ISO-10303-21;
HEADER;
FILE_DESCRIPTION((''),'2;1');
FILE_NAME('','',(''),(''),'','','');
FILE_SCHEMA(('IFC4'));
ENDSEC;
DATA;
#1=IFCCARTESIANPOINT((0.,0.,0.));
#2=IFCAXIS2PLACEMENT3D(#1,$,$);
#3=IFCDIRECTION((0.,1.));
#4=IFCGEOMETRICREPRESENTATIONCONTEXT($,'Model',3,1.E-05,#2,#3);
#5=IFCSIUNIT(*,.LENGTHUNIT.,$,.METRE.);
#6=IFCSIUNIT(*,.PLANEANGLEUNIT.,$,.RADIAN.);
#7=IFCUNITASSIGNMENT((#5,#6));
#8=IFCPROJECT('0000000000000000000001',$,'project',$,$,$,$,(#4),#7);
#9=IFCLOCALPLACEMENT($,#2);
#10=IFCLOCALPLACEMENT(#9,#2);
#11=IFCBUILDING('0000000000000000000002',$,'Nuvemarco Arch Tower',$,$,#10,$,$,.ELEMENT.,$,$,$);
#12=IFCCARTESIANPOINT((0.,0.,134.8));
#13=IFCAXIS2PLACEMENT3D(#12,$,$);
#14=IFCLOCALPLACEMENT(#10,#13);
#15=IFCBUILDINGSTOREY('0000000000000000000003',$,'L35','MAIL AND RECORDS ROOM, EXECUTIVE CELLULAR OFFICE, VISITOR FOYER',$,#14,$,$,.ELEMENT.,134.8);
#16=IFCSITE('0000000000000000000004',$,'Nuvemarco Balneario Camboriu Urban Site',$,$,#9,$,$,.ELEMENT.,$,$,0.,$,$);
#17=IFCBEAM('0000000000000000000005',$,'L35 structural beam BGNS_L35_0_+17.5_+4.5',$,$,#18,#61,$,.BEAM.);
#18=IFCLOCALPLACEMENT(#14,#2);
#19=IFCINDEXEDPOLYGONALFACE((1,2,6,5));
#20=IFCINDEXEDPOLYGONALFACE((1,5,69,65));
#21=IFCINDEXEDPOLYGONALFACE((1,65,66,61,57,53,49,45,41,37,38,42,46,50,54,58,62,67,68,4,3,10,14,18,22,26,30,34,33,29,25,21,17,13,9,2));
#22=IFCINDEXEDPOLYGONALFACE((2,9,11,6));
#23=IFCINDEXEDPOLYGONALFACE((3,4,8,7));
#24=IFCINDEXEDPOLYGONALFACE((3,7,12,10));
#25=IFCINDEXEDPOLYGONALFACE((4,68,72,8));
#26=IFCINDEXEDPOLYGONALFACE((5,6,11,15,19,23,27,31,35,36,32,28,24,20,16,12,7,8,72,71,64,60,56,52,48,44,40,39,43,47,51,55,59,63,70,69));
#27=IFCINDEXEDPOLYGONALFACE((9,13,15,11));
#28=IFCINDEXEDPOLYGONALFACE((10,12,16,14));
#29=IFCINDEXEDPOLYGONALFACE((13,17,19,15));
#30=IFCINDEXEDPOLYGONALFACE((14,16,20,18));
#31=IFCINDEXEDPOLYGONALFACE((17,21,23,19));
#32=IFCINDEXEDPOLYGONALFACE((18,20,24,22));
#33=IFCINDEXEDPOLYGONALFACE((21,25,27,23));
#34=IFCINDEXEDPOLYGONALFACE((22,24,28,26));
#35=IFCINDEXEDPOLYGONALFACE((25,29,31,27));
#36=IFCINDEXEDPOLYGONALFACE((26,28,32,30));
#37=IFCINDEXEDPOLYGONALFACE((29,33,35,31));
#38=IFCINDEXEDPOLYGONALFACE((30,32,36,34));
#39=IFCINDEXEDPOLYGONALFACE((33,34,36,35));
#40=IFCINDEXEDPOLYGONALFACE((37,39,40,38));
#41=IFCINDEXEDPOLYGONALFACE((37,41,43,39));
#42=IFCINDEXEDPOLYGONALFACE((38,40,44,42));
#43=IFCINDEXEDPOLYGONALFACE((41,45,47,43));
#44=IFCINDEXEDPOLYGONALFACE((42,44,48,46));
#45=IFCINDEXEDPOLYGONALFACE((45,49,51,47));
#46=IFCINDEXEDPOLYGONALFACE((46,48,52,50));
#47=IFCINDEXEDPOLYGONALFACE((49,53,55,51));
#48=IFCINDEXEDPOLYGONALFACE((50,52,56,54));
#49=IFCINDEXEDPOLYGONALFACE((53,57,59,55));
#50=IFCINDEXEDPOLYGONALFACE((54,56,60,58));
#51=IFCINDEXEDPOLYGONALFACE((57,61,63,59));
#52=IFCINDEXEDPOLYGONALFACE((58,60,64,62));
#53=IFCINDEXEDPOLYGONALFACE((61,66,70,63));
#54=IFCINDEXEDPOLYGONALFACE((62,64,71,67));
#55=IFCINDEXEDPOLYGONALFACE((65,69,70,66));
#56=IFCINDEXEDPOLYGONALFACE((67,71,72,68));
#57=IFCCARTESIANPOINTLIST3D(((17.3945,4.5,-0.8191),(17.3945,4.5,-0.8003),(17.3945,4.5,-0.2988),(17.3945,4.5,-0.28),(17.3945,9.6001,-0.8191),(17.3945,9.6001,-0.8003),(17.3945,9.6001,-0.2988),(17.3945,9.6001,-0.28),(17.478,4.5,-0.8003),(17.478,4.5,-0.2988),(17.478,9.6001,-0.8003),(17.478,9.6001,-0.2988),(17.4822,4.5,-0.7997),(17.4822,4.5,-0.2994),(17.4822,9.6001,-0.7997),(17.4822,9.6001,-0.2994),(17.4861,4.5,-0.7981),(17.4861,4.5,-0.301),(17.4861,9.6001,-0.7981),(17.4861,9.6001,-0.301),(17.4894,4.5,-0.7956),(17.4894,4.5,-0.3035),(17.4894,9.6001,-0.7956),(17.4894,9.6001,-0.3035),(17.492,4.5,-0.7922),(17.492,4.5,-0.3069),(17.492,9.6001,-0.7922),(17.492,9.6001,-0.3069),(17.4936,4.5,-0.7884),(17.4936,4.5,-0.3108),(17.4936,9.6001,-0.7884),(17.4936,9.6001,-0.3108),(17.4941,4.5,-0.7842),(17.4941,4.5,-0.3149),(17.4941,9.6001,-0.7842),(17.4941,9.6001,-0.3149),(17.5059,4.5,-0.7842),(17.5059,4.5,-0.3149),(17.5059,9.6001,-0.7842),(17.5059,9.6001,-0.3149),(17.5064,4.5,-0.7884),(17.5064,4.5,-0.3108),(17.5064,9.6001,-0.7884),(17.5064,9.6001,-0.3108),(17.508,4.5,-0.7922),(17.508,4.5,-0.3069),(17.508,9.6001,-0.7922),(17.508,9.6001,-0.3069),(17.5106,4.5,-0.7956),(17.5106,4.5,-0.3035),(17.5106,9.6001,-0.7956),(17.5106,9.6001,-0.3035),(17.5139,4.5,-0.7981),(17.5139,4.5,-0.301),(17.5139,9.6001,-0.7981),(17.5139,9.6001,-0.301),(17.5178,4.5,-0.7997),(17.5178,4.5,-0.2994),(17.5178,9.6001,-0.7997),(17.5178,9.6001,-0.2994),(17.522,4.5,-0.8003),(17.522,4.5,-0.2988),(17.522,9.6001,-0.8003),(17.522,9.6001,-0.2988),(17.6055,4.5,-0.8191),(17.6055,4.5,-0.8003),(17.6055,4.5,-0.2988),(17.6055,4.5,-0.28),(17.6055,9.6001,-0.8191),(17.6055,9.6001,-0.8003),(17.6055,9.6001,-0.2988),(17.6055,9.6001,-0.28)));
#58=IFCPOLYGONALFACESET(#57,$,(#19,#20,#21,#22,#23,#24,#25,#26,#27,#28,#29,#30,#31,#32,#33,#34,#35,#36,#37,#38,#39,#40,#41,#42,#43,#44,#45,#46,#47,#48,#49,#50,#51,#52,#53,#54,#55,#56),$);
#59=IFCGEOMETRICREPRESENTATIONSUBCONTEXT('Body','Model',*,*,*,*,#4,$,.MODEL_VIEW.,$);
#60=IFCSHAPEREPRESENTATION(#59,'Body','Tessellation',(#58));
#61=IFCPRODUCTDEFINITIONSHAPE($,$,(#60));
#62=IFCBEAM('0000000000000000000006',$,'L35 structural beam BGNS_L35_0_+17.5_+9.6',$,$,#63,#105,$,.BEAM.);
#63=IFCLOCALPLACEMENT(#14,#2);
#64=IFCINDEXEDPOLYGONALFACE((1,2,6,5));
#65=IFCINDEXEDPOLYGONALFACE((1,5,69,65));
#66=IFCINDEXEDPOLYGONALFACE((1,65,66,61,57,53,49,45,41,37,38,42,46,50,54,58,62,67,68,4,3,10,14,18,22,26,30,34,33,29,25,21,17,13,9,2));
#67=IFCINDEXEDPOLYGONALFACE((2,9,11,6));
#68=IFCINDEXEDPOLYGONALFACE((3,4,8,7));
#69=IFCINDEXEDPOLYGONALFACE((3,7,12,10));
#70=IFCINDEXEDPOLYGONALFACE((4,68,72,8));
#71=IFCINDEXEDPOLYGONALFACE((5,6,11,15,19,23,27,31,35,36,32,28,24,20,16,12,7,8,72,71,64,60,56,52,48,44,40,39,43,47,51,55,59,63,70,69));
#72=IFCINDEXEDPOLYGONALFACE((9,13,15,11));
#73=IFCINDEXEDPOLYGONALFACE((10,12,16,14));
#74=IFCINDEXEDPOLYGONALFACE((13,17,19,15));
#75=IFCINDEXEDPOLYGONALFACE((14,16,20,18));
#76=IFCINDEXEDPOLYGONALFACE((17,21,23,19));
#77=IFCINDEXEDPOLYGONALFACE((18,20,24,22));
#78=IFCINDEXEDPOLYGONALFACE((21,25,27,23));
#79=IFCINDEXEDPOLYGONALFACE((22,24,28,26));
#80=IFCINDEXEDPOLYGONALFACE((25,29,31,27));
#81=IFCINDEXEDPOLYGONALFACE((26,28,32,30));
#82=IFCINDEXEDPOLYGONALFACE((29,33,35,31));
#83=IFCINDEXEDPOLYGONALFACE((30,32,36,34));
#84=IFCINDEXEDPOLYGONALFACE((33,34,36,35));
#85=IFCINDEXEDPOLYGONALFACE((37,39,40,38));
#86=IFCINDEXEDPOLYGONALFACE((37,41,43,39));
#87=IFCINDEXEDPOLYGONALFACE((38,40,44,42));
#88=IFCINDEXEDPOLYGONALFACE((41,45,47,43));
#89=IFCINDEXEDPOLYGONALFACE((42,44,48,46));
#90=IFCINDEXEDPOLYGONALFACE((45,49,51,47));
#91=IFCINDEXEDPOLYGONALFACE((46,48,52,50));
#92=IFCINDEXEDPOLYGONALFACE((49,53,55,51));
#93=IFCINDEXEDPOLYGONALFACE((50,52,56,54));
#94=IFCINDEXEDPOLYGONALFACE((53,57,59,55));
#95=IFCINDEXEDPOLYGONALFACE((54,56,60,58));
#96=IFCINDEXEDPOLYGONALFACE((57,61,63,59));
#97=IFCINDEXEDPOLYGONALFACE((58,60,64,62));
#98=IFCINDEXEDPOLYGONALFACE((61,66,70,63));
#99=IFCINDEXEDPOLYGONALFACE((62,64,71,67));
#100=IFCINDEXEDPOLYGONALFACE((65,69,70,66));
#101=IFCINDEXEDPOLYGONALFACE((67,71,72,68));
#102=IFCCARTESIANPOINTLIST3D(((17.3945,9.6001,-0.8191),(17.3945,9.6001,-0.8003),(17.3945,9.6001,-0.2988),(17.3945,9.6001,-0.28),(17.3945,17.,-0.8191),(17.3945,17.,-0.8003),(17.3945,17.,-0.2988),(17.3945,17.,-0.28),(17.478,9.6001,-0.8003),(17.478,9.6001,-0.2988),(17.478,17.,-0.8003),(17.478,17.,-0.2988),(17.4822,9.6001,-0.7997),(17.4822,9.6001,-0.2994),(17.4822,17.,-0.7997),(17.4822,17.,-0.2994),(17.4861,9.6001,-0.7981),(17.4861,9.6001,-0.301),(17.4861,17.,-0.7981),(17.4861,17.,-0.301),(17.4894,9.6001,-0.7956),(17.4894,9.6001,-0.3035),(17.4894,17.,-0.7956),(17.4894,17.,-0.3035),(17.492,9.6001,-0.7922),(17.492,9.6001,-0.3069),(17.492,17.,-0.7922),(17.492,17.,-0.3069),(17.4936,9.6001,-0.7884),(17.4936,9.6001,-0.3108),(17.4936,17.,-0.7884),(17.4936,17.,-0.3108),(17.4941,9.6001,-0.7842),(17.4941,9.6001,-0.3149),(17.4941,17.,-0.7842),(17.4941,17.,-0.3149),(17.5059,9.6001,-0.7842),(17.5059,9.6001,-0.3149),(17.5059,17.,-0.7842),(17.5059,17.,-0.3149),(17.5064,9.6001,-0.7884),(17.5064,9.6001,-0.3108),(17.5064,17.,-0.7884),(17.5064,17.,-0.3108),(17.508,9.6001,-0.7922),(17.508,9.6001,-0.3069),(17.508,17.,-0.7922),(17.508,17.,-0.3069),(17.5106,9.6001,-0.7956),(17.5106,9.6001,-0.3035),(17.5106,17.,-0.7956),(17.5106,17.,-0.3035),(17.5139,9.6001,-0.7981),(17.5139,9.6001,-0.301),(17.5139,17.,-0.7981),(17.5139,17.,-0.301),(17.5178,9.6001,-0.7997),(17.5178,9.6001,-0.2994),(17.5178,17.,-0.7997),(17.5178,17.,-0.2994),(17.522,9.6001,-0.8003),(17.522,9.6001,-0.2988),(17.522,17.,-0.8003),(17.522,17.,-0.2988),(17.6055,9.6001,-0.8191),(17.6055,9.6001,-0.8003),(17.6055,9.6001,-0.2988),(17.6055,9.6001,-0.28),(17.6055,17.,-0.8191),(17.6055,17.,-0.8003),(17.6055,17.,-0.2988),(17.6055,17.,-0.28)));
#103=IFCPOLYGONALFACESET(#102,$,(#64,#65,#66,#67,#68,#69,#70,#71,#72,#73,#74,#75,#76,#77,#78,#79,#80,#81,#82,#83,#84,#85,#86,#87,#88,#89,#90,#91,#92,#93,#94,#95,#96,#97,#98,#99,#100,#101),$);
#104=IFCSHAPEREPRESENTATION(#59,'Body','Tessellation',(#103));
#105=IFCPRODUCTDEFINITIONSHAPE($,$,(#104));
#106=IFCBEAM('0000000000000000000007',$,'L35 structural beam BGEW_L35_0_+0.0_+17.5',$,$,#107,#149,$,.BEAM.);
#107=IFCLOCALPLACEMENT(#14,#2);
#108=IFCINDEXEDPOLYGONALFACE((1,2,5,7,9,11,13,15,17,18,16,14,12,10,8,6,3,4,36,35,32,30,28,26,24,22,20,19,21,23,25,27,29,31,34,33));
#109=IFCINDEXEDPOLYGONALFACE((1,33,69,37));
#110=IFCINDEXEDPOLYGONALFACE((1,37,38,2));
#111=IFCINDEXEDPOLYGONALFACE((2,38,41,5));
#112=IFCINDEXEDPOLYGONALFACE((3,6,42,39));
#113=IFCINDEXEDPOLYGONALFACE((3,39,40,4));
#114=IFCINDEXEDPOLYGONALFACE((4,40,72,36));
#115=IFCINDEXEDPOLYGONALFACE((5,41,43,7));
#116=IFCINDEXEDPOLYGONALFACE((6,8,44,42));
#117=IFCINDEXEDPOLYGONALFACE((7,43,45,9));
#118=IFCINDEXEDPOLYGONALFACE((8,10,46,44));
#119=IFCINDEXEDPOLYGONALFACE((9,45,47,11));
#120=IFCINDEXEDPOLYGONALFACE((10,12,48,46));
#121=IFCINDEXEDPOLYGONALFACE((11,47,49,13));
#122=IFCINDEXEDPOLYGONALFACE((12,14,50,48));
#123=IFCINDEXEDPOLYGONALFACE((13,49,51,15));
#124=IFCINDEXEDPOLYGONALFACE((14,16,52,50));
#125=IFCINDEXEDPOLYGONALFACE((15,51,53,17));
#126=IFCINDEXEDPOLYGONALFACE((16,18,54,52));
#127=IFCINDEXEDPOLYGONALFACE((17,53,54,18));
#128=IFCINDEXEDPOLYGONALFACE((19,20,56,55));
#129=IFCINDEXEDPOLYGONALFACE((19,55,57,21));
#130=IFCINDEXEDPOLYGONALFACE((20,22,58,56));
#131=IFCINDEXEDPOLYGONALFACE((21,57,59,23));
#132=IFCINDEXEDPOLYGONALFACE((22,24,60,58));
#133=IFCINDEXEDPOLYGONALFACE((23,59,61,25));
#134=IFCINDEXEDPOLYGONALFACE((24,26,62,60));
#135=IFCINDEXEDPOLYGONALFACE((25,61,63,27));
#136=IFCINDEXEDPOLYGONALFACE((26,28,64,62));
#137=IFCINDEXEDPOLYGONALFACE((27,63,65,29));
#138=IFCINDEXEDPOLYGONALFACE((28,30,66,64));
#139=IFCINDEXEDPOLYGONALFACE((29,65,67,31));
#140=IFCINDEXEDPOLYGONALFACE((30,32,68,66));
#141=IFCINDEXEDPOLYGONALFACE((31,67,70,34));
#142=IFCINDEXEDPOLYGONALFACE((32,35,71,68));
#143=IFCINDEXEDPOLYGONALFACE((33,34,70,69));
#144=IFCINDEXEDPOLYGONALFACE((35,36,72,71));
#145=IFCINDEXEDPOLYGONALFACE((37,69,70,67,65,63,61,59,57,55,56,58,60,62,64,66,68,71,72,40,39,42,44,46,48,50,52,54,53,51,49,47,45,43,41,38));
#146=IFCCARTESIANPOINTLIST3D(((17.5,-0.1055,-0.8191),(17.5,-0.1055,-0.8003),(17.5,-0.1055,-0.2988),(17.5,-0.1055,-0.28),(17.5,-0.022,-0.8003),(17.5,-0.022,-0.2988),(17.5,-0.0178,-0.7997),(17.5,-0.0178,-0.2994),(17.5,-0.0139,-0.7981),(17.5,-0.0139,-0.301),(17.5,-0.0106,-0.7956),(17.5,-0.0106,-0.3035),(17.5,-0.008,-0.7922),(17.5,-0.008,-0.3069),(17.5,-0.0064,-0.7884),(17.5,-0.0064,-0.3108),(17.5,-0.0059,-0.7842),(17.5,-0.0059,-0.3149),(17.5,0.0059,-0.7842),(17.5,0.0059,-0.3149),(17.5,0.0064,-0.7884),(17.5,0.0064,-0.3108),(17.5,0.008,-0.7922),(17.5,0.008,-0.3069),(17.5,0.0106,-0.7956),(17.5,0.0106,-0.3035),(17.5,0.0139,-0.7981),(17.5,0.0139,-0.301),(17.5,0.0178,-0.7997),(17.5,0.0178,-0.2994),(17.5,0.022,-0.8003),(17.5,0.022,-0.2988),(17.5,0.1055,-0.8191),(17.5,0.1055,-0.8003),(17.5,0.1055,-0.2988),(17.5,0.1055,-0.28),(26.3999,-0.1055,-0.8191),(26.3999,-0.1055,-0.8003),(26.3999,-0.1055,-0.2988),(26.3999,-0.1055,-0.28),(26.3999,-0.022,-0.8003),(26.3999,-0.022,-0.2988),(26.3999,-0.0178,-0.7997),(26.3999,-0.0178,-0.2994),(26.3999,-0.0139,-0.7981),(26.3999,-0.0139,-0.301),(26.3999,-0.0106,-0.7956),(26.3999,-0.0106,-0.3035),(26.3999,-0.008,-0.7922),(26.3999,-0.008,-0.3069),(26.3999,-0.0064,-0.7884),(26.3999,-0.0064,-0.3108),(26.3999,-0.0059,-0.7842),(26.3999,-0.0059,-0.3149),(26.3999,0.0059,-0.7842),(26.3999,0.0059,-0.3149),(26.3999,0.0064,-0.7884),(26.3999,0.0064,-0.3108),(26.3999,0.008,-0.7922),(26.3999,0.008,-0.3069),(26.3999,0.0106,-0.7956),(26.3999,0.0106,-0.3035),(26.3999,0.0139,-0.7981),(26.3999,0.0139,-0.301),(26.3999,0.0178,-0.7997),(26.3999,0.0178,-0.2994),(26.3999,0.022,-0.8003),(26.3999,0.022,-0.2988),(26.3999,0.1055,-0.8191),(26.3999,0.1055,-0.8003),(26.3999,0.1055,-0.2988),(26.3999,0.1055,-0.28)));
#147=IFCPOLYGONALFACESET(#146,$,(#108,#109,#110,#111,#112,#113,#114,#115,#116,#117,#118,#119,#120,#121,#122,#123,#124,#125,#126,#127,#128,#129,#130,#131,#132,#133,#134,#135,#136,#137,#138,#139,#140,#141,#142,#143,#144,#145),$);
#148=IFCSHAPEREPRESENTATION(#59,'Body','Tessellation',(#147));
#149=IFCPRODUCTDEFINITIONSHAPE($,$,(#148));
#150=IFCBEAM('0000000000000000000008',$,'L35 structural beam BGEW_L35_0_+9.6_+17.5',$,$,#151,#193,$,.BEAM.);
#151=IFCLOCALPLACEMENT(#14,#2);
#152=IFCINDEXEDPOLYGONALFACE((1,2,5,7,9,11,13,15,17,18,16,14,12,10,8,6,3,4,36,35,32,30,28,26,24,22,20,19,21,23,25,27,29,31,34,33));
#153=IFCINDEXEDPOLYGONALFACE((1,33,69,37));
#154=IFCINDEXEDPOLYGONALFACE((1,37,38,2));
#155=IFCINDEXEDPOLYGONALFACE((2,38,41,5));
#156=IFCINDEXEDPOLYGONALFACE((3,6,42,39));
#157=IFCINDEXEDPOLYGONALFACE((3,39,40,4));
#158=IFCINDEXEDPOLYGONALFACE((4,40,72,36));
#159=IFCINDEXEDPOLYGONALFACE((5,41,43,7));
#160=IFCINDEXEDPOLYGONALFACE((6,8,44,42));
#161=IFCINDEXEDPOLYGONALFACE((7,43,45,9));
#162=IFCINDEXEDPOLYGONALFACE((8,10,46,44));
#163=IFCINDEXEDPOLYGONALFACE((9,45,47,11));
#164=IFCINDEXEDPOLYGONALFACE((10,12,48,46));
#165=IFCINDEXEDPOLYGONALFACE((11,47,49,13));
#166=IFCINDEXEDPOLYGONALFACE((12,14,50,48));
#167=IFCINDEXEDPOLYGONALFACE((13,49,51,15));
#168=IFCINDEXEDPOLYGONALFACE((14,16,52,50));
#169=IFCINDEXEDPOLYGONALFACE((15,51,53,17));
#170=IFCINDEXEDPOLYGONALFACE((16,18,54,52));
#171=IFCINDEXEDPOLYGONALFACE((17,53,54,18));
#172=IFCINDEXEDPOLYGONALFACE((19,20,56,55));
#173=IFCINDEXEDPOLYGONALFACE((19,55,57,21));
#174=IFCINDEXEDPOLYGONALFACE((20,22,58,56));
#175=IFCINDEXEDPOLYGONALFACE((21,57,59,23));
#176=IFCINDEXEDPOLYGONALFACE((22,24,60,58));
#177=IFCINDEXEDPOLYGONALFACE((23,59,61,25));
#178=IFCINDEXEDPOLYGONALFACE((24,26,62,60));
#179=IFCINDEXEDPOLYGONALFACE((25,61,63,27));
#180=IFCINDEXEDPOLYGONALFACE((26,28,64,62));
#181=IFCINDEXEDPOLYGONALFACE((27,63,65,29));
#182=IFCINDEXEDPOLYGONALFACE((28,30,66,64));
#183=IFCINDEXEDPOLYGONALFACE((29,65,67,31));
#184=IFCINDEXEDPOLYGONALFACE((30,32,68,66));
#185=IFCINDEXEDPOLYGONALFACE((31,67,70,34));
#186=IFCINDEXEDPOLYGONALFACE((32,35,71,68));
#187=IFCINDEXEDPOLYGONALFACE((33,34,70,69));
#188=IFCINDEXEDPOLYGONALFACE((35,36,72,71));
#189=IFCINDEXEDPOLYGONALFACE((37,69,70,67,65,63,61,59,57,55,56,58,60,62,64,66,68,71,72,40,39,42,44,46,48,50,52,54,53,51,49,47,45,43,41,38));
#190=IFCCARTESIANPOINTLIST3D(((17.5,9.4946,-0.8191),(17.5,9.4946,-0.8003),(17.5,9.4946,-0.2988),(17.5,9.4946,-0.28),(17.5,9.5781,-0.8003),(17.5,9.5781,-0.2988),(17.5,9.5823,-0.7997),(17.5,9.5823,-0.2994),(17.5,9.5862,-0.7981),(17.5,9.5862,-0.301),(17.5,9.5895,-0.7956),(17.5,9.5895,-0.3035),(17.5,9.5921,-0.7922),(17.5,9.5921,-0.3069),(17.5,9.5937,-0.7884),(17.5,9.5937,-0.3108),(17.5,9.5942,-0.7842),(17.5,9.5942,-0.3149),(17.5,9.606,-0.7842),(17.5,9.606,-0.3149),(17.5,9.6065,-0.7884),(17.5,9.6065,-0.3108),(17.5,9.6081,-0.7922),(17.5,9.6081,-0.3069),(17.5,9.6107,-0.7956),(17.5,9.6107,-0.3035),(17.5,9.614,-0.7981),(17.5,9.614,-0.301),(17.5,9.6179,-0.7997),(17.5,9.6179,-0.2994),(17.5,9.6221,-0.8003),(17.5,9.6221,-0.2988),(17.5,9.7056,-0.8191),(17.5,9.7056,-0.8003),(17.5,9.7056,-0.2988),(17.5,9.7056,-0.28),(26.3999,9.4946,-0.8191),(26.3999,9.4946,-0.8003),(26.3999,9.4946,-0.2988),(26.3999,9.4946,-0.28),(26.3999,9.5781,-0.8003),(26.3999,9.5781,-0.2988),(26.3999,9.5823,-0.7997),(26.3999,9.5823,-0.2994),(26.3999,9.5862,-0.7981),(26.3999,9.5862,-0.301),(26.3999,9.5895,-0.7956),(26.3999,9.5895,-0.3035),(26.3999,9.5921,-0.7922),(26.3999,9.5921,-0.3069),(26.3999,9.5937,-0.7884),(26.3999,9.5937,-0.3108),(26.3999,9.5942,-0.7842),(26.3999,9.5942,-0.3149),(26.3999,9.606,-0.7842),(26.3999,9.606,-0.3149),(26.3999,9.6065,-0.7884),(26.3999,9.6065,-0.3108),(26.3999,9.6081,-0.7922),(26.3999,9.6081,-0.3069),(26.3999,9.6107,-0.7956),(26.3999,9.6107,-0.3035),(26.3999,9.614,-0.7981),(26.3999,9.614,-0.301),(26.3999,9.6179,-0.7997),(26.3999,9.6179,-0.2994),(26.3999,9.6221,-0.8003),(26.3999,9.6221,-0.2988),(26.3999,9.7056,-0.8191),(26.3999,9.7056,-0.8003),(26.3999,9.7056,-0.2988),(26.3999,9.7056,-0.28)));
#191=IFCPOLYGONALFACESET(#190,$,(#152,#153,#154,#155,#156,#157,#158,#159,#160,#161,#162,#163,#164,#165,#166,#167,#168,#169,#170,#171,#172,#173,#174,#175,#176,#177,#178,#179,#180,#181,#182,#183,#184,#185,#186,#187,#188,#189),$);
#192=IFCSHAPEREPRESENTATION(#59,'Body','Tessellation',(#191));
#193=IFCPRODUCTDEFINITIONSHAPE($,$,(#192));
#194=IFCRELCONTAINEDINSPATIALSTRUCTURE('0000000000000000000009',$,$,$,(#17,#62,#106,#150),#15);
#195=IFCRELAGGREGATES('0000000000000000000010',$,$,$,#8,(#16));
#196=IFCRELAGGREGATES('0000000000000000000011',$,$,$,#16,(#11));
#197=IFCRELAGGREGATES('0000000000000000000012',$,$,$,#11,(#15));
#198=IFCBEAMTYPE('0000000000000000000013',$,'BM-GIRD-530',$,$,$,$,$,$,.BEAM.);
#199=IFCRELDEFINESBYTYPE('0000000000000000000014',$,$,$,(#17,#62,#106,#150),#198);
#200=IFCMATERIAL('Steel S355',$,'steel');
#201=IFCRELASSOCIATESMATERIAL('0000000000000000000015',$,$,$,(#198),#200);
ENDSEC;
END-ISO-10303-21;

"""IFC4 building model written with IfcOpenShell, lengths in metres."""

from ifc_helpers import new_model, si_unit, direction, frame, origin, origin_2d, place, context, subcontext, project, spatial, i_section, extrude, material, material_profile, profile_set, type_object, element, save


model = new_model("IFC4")

# Units and contexts
model_context = context("Model", 3, precision=1e-05, world=origin(), true_north=direction((0.0, 1.0)))
body_context = subcontext(model_context, "Body", "Model", "MODEL_VIEW")
ifc_project = project(units=[si_unit("LENGTHUNIT", "METRE"), si_unit("PLANEANGLEUNIT", "RADIAN")], contexts=[model_context])

# Site, building, storey
site_placement = place(None, origin())
site = spatial("IfcSite", under=ifc_project, at=site_placement, Name="Nuvemarco Balneario Camboriu Urban Site", CompositionType="ELEMENT", RefElevation=0.0)
building_placement = place(site_placement, origin())
building = spatial("IfcBuilding", under=site, at=building_placement, Name="Nuvemarco Arch Tower", CompositionType="ELEMENT")
storey_placement = place(building_placement, frame((0.0, 0.0, 134.8)))
storey = spatial("IfcBuildingStorey", under=building, at=storey_placement, Name="L35", Description="MAIL AND RECORDS ROOM, EXECUTIVE CELLULAR OFFICE, VISITOR FOYER", CompositionType="ELEMENT", Elevation=134.8)

# Shared definitions
ifc_material_1 = material(Name="Steel S355", Category="steel")

# Beams
ifc_material_profile_1 = material_profile(ifc_material_1, i_section(OverallWidth=0.2109, OverallDepth=0.5391, WebThickness=0.0117, FlangeThickness=0.0188, FilletRadius=0.0161, at=origin_2d()), Name="W530x109")
ifc_profile_set_1 = profile_set([ifc_material_profile_1], Name="Steel S355")
beam_type_1 = type_object("IfcBeamType", Name="BM-GIRD-530", PredefinedType="BEAM", material=ifc_profile_set_1)
beam_1_placement = place(storey_placement, frame((17.5, 4.5, -0.5496), z_axis=(0.0, 1.0, 0.0), x_axis=(-1.0, 0.0, 0.0)))
element("IfcBeam", 1, at=beam_1_placement, inside=storey, type_object=beam_type_1, Name="L35 structural beam BGNS_L35_0_+17.5_+4.5", PredefinedType="BEAM", context=body_context, shape_type="SweptSolid", body=[
    extrude(i_section(OverallWidth=0.2109, OverallDepth=0.5391, WebThickness=0.0117, FlangeThickness=0.0188, FilletRadius=0.0161, at=origin_2d()), origin(), (0.0, 0.0, 1.0), 5.1001),
])
beam_2_placement = place(storey_placement, frame((17.5, 9.6001, -0.5496), z_axis=(0.0, 1.0, 0.0), x_axis=(-1.0, 0.0, 0.0)))
element("IfcBeam", 2, at=beam_2_placement, inside=storey, type_object=beam_type_1, Name="L35 structural beam BGNS_L35_0_+17.5_+9.6", PredefinedType="BEAM", context=body_context, shape_type="SweptSolid", body=[
    extrude(i_section(OverallWidth=0.2109, OverallDepth=0.5391, WebThickness=0.0117, FlangeThickness=0.0188, FilletRadius=0.0161, at=origin_2d()), origin(), (0.0, 0.0, 1.0), 7.3999),
])
for number, where, z_axis, x_axis, name in (
    (3, (17.5, 0.0, -0.5496), (1.0, 0.0, 0.0), (0.0, 1.0, 0.0), "L35 structural beam BGEW_L35_0_+0.0_+17.5"),
    (4, (17.5, 9.6001, -0.5496), (1.0, 0.0, 0.0), (0.0, 1.0, 0.0), "L35 structural beam BGEW_L35_0_+9.6_+17.5"),
):
    element("IfcBeam", number, at=place(storey_placement, frame(where, z_axis=z_axis, x_axis=x_axis)), inside=storey, type_object=beam_type_1, Name=name, PredefinedType="BEAM", context=body_context, shape_type="SweptSolid", body=[
        extrude(i_section(OverallWidth=0.2109, OverallDepth=0.5391, WebThickness=0.0117, FlangeThickness=0.0188, FilletRadius=0.0161, at=origin_2d()), origin(), (0.0, 0.0, 1.0), 8.8999),
    ])

save(model, "model.ifc")
